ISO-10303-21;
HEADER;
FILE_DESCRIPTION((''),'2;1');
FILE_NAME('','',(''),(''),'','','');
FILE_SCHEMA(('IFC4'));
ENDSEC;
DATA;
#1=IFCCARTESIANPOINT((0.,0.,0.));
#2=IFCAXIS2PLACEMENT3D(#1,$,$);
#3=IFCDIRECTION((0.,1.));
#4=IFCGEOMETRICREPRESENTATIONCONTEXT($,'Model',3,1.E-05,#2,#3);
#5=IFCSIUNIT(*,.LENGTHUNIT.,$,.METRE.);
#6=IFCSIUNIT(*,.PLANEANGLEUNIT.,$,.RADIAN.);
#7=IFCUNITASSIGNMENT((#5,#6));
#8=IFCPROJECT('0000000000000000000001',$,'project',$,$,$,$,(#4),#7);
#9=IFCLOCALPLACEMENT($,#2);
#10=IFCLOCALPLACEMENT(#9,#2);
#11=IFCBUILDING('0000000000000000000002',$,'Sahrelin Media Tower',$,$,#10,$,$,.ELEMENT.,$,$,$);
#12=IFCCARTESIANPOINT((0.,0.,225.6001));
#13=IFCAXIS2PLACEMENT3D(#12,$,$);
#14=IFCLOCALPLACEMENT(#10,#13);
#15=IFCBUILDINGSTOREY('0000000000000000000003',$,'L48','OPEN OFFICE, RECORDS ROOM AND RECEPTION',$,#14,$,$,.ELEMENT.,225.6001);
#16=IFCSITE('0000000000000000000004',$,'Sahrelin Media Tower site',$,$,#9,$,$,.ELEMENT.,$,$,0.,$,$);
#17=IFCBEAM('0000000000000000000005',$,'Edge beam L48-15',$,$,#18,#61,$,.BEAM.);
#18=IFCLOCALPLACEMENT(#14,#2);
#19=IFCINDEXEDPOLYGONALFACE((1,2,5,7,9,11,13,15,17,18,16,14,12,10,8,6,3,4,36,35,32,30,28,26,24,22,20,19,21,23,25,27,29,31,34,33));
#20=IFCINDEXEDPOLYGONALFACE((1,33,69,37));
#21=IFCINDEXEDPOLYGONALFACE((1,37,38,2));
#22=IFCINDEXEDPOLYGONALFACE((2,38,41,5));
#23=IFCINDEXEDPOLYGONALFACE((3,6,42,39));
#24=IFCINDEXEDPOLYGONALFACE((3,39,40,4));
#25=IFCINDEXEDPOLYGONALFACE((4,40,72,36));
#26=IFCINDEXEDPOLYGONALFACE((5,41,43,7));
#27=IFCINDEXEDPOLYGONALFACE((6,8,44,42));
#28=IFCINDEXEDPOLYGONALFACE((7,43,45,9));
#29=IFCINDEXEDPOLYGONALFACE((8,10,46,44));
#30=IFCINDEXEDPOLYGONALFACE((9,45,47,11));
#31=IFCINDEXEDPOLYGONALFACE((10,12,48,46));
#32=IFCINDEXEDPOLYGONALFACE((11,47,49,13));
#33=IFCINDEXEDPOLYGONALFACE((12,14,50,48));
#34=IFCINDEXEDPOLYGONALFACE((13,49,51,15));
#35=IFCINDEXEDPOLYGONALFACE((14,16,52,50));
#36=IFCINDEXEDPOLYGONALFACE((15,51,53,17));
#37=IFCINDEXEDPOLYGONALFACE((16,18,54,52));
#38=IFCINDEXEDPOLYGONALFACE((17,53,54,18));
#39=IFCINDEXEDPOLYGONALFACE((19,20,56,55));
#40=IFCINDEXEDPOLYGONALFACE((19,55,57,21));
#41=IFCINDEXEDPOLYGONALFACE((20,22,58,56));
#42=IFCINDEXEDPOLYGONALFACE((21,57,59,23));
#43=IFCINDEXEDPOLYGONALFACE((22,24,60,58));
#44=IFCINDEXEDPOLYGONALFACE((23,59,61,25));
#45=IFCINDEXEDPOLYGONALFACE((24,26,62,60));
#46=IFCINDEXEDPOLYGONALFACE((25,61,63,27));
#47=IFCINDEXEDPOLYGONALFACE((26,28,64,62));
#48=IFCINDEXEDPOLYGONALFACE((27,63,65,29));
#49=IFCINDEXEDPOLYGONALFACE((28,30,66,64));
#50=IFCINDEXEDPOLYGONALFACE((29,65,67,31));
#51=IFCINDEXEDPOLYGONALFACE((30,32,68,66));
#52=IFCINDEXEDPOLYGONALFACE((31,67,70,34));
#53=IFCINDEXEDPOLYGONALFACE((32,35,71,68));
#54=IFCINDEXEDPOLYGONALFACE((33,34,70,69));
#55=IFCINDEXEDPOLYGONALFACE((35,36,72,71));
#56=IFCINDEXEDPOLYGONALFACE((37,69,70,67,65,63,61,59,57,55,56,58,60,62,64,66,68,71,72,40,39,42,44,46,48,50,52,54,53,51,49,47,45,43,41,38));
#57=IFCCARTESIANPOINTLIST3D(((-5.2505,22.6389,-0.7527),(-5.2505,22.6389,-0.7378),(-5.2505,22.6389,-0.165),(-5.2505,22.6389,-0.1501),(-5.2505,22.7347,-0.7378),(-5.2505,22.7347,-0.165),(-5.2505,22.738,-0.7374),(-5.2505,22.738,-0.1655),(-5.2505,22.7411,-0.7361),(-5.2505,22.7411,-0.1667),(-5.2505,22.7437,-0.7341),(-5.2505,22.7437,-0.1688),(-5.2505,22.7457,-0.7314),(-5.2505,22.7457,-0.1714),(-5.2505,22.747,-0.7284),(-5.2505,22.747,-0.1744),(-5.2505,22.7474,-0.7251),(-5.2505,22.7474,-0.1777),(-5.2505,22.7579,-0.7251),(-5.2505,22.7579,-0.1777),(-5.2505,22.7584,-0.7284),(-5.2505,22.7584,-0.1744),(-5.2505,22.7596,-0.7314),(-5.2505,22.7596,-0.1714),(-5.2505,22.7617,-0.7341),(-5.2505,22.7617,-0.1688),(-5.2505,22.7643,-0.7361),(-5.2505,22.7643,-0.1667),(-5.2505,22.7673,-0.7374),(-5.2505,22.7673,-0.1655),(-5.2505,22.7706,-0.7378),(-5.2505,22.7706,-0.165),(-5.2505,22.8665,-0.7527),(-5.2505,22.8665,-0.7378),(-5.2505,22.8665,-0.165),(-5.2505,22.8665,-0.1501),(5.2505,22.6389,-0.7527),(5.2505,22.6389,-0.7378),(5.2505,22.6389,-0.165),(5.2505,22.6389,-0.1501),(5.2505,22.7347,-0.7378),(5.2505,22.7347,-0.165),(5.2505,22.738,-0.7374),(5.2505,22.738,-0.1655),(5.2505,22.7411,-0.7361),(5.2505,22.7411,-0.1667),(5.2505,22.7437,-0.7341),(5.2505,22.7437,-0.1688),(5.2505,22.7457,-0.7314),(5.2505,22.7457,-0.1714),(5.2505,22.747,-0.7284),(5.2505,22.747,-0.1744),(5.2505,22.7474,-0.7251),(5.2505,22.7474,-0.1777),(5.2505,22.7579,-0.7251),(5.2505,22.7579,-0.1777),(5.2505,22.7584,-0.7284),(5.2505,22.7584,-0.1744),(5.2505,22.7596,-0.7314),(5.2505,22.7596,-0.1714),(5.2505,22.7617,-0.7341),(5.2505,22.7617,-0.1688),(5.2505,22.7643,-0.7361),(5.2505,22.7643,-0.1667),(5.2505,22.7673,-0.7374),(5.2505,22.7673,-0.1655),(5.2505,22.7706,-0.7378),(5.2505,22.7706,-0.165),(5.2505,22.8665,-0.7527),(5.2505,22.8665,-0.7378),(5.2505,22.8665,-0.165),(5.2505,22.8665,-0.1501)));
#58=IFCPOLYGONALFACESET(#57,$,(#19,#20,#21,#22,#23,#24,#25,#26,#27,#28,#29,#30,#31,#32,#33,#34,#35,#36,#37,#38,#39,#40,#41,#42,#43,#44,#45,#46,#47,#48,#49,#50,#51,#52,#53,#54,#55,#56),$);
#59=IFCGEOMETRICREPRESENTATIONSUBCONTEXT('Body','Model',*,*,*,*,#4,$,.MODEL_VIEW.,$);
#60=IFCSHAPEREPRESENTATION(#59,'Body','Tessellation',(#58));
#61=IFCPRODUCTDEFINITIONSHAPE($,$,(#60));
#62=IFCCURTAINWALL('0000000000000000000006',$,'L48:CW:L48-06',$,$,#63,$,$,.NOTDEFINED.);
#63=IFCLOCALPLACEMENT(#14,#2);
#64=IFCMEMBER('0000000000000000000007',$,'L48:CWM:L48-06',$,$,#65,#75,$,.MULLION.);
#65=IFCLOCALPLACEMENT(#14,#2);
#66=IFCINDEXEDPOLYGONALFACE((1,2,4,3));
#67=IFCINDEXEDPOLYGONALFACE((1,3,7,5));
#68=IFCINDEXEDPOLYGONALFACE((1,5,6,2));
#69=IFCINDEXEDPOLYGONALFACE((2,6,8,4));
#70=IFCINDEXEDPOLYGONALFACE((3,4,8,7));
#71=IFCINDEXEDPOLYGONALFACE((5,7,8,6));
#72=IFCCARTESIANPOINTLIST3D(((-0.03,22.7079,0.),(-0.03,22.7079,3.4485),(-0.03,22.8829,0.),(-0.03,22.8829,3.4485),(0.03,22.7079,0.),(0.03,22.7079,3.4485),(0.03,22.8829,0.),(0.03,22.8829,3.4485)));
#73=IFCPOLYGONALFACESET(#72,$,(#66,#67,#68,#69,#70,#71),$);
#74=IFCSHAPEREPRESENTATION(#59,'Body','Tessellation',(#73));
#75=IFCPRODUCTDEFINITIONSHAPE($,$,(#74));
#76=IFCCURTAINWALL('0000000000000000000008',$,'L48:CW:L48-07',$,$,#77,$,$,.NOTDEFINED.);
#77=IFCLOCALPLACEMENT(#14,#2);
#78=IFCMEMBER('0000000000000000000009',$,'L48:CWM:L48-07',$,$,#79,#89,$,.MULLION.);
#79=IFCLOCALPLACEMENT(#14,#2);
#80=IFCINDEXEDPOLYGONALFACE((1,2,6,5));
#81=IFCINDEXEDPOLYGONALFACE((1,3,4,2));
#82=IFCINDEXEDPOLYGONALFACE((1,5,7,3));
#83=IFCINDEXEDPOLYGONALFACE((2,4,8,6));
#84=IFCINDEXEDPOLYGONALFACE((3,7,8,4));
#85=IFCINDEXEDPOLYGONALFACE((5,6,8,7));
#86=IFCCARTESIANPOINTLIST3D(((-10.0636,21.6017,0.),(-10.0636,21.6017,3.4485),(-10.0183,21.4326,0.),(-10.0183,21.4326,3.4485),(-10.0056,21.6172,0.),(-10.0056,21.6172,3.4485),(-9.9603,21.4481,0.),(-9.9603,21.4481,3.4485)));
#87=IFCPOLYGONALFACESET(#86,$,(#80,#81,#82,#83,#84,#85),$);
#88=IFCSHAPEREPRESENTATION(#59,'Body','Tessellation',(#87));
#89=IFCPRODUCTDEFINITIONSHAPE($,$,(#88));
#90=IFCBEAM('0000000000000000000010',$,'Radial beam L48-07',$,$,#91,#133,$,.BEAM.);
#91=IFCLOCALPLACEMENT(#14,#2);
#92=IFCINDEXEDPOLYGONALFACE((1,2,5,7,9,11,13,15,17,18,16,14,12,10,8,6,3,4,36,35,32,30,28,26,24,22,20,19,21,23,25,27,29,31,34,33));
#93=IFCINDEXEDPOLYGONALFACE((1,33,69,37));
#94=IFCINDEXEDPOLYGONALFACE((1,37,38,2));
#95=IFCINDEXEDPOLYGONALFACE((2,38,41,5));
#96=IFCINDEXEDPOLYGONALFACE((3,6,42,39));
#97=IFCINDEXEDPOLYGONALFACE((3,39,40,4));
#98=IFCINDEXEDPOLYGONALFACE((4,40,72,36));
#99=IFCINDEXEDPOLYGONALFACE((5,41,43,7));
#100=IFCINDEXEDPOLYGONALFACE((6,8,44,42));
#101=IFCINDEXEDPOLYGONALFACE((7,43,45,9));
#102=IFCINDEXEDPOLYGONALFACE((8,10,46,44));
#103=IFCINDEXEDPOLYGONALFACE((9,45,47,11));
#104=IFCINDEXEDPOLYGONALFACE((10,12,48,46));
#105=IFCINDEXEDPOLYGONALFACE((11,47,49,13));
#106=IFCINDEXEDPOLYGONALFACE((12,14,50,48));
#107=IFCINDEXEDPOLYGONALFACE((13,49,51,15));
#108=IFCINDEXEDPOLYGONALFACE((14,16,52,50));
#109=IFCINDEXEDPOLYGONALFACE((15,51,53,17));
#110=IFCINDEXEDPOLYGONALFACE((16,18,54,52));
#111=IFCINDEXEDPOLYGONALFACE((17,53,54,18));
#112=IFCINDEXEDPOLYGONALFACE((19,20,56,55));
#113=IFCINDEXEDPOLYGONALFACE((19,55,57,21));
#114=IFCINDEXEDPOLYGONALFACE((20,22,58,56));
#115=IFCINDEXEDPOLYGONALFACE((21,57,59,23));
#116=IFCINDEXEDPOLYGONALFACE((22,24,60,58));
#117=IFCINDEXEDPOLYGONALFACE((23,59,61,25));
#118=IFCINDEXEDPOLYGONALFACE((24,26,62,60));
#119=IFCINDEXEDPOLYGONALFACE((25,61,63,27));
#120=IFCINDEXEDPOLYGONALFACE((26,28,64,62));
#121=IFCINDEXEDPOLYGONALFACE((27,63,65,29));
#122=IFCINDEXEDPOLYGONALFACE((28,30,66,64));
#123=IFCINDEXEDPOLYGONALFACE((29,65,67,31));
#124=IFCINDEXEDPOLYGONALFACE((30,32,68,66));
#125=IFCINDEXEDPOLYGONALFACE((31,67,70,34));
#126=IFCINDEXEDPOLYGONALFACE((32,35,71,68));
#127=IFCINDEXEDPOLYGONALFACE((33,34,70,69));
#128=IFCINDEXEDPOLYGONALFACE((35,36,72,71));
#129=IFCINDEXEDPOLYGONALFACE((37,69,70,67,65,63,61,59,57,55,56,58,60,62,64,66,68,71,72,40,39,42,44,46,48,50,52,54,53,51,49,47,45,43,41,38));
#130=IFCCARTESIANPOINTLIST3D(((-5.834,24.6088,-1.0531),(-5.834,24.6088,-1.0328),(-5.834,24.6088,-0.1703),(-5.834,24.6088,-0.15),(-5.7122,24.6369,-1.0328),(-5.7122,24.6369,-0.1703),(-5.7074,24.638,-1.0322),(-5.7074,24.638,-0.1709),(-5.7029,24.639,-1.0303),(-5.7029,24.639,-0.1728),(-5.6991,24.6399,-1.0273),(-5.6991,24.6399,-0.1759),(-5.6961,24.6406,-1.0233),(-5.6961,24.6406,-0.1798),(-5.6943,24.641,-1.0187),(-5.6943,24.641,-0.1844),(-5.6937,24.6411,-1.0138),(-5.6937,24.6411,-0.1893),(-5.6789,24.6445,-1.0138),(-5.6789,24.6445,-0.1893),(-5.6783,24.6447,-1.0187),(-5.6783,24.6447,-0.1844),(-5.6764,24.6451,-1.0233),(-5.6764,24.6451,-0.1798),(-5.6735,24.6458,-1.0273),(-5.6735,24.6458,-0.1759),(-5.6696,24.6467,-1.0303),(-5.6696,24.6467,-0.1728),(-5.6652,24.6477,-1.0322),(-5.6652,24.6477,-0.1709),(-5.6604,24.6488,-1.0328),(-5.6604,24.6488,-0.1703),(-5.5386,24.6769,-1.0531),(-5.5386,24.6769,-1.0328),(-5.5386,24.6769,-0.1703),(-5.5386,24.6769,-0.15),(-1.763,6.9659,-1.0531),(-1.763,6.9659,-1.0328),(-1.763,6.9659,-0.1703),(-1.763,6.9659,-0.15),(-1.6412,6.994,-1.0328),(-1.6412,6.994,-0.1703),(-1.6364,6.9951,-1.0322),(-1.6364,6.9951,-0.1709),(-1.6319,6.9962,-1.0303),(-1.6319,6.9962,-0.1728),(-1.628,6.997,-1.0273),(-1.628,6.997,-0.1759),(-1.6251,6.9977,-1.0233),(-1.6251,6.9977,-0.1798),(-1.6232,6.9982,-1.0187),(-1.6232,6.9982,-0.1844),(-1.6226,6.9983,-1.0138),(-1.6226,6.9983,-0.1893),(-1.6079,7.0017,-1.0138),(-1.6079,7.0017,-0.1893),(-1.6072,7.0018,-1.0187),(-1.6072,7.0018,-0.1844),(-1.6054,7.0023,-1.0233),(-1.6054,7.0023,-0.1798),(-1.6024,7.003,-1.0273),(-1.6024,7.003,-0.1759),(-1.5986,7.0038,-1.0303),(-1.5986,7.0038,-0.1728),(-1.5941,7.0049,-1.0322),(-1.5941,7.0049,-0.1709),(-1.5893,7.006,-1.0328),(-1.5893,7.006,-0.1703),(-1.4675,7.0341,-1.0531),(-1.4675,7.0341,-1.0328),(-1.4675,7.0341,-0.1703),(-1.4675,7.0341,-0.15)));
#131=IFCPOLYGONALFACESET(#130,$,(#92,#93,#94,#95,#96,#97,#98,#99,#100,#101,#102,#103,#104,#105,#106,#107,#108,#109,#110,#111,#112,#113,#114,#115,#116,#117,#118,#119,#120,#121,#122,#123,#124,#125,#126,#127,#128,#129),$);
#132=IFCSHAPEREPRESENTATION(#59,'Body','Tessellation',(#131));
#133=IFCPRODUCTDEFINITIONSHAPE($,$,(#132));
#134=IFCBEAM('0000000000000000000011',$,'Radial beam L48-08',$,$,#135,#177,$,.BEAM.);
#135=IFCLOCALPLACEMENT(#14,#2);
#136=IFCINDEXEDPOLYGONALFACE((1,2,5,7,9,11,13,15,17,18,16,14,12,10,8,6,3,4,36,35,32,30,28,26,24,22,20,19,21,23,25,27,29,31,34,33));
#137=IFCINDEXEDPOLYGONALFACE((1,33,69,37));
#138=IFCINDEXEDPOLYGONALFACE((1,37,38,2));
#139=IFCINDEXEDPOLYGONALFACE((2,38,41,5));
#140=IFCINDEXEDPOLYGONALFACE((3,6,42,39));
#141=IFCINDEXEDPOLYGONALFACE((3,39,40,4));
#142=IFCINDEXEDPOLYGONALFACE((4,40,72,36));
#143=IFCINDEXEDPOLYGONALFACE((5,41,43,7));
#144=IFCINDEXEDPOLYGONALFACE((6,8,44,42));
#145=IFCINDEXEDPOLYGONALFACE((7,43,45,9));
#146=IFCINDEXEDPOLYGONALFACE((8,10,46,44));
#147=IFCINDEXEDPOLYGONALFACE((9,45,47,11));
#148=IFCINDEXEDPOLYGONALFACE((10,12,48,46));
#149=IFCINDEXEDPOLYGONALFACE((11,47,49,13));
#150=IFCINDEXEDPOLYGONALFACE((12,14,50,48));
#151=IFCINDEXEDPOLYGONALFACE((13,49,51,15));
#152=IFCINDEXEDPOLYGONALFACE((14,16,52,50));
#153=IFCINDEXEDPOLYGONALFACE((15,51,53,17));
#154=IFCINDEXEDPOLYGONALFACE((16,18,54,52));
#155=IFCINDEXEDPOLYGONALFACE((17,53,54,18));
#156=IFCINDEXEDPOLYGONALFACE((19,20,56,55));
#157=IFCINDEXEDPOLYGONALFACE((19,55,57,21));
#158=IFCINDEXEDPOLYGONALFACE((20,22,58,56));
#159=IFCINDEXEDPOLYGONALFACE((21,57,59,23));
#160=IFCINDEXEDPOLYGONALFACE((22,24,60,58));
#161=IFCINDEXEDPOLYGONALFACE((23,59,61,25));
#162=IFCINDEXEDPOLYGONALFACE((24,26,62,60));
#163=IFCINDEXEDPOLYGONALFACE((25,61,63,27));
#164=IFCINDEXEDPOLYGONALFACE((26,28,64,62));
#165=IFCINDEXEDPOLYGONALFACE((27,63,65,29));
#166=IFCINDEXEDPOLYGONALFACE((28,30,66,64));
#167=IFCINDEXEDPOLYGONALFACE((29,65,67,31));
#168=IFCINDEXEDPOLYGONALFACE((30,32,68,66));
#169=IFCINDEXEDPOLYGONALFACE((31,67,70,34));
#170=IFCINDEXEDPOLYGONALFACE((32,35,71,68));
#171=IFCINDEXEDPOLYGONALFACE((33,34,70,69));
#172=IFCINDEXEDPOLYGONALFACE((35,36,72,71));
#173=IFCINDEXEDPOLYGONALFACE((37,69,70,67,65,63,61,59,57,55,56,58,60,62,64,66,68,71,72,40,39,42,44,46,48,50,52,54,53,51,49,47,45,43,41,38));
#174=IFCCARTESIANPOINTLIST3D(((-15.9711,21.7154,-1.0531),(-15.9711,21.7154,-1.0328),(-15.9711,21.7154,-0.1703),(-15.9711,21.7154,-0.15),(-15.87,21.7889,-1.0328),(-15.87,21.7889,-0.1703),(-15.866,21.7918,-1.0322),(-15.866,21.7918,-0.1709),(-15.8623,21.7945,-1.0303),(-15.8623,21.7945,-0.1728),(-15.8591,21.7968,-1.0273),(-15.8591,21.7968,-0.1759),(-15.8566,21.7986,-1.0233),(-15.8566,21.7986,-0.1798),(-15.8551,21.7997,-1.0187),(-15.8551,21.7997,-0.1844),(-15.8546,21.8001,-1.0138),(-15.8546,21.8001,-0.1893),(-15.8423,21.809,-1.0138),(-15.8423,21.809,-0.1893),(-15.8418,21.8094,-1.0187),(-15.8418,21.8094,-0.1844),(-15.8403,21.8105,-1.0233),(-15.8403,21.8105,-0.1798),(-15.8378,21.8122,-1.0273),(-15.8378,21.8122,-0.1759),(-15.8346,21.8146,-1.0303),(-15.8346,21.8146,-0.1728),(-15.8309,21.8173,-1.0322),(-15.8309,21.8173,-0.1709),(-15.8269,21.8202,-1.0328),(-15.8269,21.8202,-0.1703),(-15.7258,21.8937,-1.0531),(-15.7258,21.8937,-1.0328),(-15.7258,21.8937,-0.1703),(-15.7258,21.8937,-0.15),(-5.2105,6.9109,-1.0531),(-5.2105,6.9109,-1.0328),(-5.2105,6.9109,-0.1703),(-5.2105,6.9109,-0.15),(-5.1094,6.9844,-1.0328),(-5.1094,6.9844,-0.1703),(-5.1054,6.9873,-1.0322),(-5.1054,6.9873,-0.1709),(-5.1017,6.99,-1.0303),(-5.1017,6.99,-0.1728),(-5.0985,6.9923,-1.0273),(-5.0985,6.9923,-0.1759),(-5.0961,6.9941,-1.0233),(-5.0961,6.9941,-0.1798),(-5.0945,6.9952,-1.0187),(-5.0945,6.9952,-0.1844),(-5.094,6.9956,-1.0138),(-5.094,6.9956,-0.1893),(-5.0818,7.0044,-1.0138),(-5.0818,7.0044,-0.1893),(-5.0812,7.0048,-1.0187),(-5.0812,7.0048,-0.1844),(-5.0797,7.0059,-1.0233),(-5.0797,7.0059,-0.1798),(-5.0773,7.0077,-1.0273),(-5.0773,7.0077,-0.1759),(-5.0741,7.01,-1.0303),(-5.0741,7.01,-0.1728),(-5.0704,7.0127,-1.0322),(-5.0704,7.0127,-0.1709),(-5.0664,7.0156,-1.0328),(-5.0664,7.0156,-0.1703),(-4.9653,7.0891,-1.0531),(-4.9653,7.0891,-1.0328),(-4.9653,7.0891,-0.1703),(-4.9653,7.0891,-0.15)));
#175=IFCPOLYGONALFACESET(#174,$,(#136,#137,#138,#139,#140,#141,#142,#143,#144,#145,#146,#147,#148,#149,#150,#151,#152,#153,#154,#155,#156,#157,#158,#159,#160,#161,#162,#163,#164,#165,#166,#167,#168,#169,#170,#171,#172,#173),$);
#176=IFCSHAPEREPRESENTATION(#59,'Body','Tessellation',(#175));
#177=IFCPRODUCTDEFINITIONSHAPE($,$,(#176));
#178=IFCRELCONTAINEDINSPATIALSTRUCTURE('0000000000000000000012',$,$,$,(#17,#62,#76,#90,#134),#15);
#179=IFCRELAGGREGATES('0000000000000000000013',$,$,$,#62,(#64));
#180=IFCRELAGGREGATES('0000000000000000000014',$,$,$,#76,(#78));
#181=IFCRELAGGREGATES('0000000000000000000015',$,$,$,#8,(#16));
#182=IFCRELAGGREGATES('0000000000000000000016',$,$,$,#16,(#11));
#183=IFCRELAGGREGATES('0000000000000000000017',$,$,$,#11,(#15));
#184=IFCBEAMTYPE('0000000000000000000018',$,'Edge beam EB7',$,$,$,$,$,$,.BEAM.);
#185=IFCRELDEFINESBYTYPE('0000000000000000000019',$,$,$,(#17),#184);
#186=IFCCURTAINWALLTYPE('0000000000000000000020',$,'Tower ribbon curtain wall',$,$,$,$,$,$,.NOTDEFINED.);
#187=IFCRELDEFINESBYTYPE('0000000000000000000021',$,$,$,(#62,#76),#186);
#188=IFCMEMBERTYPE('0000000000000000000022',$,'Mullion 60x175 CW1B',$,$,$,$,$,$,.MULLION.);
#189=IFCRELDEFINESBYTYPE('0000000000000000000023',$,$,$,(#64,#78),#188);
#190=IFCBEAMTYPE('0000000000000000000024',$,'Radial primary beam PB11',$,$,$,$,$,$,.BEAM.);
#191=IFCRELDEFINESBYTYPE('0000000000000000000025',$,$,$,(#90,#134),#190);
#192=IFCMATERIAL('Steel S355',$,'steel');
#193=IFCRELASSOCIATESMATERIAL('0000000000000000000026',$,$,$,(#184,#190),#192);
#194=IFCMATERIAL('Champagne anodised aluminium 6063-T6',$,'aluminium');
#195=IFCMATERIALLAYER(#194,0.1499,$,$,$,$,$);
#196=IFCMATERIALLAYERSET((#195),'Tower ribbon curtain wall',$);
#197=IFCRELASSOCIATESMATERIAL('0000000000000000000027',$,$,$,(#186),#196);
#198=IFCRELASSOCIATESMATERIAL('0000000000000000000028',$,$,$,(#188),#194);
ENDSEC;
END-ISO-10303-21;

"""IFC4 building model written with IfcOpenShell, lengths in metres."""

from ifc_helpers import new_model, si_unit, direction, frame, origin, origin_2d, place, context, subcontext, project, spatial, rectangle, i_section, extrude, material, layer, layer_set, material_profile, profile_set, type_object, element, aggregate, save


model = new_model("IFC4")

# Units and contexts
model_context = context("Model", 3, precision=1e-05, world=origin(), true_north=direction((0.0, 1.0)))
body_context = subcontext(model_context, "Body", "Model", "MODEL_VIEW")
ifc_project = project(units=[si_unit("LENGTHUNIT", "METRE"), si_unit("PLANEANGLEUNIT", "RADIAN")], contexts=[model_context])

# Site, building, storey
site_placement = place(None, origin())
site = spatial("IfcSite", under=ifc_project, at=site_placement, Name="Sahrelin Media Tower site", CompositionType="ELEMENT", RefElevation=0.0)
building_placement = place(site_placement, origin())
building = spatial("IfcBuilding", under=site, at=building_placement, Name="Sahrelin Media Tower", CompositionType="ELEMENT")
storey_placement = place(building_placement, frame((0.0, 0.0, 225.6001)))
storey = spatial("IfcBuildingStorey", under=building, at=storey_placement, Name="L48", Description="OPEN OFFICE, RECORDS ROOM AND RECEPTION", CompositionType="ELEMENT", Elevation=225.6001)

# Beam
ifc_material_1 = material(Name="Steel S355", Category="steel")
ifc_material_profile_1 = material_profile(ifc_material_1, i_section(OverallWidth=0.2275, OverallDepth=0.6025, WebThickness=0.0105, FlangeThickness=0.0149, FilletRadius=0.0127, at=origin_2d()), Name="UB 610x229x101")
ifc_profile_set_1 = profile_set([ifc_material_profile_1], Name="Steel S355")
beam_type_1 = type_object("IfcBeamType", Name="Edge beam EB7", PredefinedType="BEAM", material=ifc_profile_set_1)
beam_1_placement = place(storey_placement, frame((-5.2505, 22.7527, -0.4514), z_axis=(1.0, 0.0, 0.0), x_axis=(0.0, 1.0, 0.0)))
element("IfcBeam", 1, at=beam_1_placement, inside=storey, type_object=beam_type_1, Name="Edge beam L48-15", PredefinedType="BEAM", context=body_context, shape_type="SweptSolid", body=[
    extrude(i_section(OverallWidth=0.2275, OverallDepth=0.6025, WebThickness=0.0105, FlangeThickness=0.0149, FilletRadius=0.0127, at=origin_2d()), origin(), (0.0, 0.0, 1.0), 10.501),
])

# Curtain walls, members
ifc_material_2 = material(Name="Champagne anodised aluminium 6063-T6", Category="aluminium")
ifc_layer_1 = layer(ifc_material_2, 0.1499)
ifc_layer_set_1 = layer_set([ifc_layer_1], Name="Tower ribbon curtain wall")
curtain_wall_type = type_object("IfcCurtainWallType", Name="Tower ribbon curtain wall", PredefinedType="NOTDEFINED", material=ifc_layer_set_1)
placement_1 = place(storey_placement, frame((0.0, 22.9028, 0.0), z_axis=(0.0, 0.0, 1.0), x_axis=(1.0, 0.0, 0.0)))
curtain_wall_1 = element("IfcCurtainWall", 2, at=placement_1, inside=storey, type_object=curtain_wall_type, Name="L48:CW:L48-06", PredefinedType="NOTDEFINED")
ifc_material_profile_2 = material_profile(ifc_material_2, rectangle(XDim=0.0601, YDim=0.175, at=origin_2d()), Name="Mullion 60x175")
ifc_profile_set_2 = profile_set([ifc_material_profile_2], Name="Champagne anodised aluminium 6063-T6")
member_type_1 = type_object("IfcMemberType", Name="Mullion 60x175 CW1B", PredefinedType="MULLION", material=ifc_profile_set_2)
member_1_placement = place(storey_placement, frame((0.0, 22.7954, 0.0), z_axis=(0.0, 0.0, 1.0), x_axis=(-1.0, 0.0, 0.0)))
member_1 = element("IfcMember", 3, at=member_1_placement, type_object=member_type_1, Name="L48:CWM:L48-06", PredefinedType="MULLION", context=body_context, shape_type="SweptSolid", body=[
    extrude(rectangle(XDim=0.0601, YDim=0.175, at=origin_2d()), origin(), (0.0, 0.0, 1.0), 3.4485),
])
aggregate(curtain_wall_1, [member_1])
curtain_wall_2_placement = place(storey_placement, frame((-10.0398, 21.6287, 0.0), z_axis=(0.0, 0.0, 1.0), x_axis=(1.0, 0.0, 0.0)))
curtain_wall_2 = element("IfcCurtainWall", 4, at=curtain_wall_2_placement, inside=storey, type_object=curtain_wall_type, Name="L48:CW:L48-07", PredefinedType="NOTDEFINED")
member_2_placement = place(storey_placement, frame((-10.012, 21.5249, 0.0), z_axis=(0.0, 0.0, 1.0), x_axis=(-0.965926, -0.258817, 0.0)))
member_2 = element("IfcMember", 5, at=member_2_placement, type_object=member_type_1, Name="L48:CWM:L48-07", PredefinedType="MULLION", context=body_context, shape_type="SweptSolid", body=[
    extrude(rectangle(XDim=0.0601, YDim=0.175, at=origin_2d()), origin(), (0.0, 0.0, 1.0), 3.4485),
])

# Beams
ifc_material_profile_3 = material_profile(ifc_material_1, i_section(OverallWidth=0.3032, OverallDepth=0.9031, WebThickness=0.0151, FlangeThickness=0.0203, FilletRadius=0.019, at=origin_2d()), Name="UB 914x305x201")
ifc_profile_set_3 = profile_set([ifc_material_profile_3], Name="Steel S355")
beam_type_2 = type_object("IfcBeamType", Name="Radial primary beam PB11", PredefinedType="BEAM", material=ifc_profile_set_3)
beam_2_placement = place(storey_placement, frame((-1.6152, 7.0, -0.6016), z_axis=(-0.22484, 0.974396, 0.0), x_axis=(-0.974396, -0.22484, 0.0)))
element("IfcBeam", 6, at=beam_2_placement, inside=storey, type_object=beam_type_2, Name="Radial beam L48-07", PredefinedType="BEAM", context=body_context, shape_type="SweptSolid", body=[
    extrude(i_section(OverallWidth=0.3032, OverallDepth=0.9031, WebThickness=0.0151, FlangeThickness=0.0203, FilletRadius=0.019, at=origin_2d()), origin(), (0.0, 0.0, 1.0), 18.1064),
])
beam_3_placement = place(storey_placement, frame((-5.0879, 7.0, -0.6016), z_axis=(-0.587944, 0.808902, 0.0), x_axis=(-0.808902, -0.587944, 0.0)))
element("IfcBeam", 7, at=beam_3_placement, inside=storey, type_object=beam_type_2, Name="Radial beam L48-08", PredefinedType="BEAM", context=body_context, shape_type="SweptSolid", body=[
    extrude(i_section(OverallWidth=0.3032, OverallDepth=0.9031, WebThickness=0.0151, FlangeThickness=0.0203, FilletRadius=0.019, at=origin_2d()), origin(), (0.0, 0.0, 1.0), 18.302),
])

aggregate(curtain_wall_2, [member_2])

save(model, "model.ifc")
